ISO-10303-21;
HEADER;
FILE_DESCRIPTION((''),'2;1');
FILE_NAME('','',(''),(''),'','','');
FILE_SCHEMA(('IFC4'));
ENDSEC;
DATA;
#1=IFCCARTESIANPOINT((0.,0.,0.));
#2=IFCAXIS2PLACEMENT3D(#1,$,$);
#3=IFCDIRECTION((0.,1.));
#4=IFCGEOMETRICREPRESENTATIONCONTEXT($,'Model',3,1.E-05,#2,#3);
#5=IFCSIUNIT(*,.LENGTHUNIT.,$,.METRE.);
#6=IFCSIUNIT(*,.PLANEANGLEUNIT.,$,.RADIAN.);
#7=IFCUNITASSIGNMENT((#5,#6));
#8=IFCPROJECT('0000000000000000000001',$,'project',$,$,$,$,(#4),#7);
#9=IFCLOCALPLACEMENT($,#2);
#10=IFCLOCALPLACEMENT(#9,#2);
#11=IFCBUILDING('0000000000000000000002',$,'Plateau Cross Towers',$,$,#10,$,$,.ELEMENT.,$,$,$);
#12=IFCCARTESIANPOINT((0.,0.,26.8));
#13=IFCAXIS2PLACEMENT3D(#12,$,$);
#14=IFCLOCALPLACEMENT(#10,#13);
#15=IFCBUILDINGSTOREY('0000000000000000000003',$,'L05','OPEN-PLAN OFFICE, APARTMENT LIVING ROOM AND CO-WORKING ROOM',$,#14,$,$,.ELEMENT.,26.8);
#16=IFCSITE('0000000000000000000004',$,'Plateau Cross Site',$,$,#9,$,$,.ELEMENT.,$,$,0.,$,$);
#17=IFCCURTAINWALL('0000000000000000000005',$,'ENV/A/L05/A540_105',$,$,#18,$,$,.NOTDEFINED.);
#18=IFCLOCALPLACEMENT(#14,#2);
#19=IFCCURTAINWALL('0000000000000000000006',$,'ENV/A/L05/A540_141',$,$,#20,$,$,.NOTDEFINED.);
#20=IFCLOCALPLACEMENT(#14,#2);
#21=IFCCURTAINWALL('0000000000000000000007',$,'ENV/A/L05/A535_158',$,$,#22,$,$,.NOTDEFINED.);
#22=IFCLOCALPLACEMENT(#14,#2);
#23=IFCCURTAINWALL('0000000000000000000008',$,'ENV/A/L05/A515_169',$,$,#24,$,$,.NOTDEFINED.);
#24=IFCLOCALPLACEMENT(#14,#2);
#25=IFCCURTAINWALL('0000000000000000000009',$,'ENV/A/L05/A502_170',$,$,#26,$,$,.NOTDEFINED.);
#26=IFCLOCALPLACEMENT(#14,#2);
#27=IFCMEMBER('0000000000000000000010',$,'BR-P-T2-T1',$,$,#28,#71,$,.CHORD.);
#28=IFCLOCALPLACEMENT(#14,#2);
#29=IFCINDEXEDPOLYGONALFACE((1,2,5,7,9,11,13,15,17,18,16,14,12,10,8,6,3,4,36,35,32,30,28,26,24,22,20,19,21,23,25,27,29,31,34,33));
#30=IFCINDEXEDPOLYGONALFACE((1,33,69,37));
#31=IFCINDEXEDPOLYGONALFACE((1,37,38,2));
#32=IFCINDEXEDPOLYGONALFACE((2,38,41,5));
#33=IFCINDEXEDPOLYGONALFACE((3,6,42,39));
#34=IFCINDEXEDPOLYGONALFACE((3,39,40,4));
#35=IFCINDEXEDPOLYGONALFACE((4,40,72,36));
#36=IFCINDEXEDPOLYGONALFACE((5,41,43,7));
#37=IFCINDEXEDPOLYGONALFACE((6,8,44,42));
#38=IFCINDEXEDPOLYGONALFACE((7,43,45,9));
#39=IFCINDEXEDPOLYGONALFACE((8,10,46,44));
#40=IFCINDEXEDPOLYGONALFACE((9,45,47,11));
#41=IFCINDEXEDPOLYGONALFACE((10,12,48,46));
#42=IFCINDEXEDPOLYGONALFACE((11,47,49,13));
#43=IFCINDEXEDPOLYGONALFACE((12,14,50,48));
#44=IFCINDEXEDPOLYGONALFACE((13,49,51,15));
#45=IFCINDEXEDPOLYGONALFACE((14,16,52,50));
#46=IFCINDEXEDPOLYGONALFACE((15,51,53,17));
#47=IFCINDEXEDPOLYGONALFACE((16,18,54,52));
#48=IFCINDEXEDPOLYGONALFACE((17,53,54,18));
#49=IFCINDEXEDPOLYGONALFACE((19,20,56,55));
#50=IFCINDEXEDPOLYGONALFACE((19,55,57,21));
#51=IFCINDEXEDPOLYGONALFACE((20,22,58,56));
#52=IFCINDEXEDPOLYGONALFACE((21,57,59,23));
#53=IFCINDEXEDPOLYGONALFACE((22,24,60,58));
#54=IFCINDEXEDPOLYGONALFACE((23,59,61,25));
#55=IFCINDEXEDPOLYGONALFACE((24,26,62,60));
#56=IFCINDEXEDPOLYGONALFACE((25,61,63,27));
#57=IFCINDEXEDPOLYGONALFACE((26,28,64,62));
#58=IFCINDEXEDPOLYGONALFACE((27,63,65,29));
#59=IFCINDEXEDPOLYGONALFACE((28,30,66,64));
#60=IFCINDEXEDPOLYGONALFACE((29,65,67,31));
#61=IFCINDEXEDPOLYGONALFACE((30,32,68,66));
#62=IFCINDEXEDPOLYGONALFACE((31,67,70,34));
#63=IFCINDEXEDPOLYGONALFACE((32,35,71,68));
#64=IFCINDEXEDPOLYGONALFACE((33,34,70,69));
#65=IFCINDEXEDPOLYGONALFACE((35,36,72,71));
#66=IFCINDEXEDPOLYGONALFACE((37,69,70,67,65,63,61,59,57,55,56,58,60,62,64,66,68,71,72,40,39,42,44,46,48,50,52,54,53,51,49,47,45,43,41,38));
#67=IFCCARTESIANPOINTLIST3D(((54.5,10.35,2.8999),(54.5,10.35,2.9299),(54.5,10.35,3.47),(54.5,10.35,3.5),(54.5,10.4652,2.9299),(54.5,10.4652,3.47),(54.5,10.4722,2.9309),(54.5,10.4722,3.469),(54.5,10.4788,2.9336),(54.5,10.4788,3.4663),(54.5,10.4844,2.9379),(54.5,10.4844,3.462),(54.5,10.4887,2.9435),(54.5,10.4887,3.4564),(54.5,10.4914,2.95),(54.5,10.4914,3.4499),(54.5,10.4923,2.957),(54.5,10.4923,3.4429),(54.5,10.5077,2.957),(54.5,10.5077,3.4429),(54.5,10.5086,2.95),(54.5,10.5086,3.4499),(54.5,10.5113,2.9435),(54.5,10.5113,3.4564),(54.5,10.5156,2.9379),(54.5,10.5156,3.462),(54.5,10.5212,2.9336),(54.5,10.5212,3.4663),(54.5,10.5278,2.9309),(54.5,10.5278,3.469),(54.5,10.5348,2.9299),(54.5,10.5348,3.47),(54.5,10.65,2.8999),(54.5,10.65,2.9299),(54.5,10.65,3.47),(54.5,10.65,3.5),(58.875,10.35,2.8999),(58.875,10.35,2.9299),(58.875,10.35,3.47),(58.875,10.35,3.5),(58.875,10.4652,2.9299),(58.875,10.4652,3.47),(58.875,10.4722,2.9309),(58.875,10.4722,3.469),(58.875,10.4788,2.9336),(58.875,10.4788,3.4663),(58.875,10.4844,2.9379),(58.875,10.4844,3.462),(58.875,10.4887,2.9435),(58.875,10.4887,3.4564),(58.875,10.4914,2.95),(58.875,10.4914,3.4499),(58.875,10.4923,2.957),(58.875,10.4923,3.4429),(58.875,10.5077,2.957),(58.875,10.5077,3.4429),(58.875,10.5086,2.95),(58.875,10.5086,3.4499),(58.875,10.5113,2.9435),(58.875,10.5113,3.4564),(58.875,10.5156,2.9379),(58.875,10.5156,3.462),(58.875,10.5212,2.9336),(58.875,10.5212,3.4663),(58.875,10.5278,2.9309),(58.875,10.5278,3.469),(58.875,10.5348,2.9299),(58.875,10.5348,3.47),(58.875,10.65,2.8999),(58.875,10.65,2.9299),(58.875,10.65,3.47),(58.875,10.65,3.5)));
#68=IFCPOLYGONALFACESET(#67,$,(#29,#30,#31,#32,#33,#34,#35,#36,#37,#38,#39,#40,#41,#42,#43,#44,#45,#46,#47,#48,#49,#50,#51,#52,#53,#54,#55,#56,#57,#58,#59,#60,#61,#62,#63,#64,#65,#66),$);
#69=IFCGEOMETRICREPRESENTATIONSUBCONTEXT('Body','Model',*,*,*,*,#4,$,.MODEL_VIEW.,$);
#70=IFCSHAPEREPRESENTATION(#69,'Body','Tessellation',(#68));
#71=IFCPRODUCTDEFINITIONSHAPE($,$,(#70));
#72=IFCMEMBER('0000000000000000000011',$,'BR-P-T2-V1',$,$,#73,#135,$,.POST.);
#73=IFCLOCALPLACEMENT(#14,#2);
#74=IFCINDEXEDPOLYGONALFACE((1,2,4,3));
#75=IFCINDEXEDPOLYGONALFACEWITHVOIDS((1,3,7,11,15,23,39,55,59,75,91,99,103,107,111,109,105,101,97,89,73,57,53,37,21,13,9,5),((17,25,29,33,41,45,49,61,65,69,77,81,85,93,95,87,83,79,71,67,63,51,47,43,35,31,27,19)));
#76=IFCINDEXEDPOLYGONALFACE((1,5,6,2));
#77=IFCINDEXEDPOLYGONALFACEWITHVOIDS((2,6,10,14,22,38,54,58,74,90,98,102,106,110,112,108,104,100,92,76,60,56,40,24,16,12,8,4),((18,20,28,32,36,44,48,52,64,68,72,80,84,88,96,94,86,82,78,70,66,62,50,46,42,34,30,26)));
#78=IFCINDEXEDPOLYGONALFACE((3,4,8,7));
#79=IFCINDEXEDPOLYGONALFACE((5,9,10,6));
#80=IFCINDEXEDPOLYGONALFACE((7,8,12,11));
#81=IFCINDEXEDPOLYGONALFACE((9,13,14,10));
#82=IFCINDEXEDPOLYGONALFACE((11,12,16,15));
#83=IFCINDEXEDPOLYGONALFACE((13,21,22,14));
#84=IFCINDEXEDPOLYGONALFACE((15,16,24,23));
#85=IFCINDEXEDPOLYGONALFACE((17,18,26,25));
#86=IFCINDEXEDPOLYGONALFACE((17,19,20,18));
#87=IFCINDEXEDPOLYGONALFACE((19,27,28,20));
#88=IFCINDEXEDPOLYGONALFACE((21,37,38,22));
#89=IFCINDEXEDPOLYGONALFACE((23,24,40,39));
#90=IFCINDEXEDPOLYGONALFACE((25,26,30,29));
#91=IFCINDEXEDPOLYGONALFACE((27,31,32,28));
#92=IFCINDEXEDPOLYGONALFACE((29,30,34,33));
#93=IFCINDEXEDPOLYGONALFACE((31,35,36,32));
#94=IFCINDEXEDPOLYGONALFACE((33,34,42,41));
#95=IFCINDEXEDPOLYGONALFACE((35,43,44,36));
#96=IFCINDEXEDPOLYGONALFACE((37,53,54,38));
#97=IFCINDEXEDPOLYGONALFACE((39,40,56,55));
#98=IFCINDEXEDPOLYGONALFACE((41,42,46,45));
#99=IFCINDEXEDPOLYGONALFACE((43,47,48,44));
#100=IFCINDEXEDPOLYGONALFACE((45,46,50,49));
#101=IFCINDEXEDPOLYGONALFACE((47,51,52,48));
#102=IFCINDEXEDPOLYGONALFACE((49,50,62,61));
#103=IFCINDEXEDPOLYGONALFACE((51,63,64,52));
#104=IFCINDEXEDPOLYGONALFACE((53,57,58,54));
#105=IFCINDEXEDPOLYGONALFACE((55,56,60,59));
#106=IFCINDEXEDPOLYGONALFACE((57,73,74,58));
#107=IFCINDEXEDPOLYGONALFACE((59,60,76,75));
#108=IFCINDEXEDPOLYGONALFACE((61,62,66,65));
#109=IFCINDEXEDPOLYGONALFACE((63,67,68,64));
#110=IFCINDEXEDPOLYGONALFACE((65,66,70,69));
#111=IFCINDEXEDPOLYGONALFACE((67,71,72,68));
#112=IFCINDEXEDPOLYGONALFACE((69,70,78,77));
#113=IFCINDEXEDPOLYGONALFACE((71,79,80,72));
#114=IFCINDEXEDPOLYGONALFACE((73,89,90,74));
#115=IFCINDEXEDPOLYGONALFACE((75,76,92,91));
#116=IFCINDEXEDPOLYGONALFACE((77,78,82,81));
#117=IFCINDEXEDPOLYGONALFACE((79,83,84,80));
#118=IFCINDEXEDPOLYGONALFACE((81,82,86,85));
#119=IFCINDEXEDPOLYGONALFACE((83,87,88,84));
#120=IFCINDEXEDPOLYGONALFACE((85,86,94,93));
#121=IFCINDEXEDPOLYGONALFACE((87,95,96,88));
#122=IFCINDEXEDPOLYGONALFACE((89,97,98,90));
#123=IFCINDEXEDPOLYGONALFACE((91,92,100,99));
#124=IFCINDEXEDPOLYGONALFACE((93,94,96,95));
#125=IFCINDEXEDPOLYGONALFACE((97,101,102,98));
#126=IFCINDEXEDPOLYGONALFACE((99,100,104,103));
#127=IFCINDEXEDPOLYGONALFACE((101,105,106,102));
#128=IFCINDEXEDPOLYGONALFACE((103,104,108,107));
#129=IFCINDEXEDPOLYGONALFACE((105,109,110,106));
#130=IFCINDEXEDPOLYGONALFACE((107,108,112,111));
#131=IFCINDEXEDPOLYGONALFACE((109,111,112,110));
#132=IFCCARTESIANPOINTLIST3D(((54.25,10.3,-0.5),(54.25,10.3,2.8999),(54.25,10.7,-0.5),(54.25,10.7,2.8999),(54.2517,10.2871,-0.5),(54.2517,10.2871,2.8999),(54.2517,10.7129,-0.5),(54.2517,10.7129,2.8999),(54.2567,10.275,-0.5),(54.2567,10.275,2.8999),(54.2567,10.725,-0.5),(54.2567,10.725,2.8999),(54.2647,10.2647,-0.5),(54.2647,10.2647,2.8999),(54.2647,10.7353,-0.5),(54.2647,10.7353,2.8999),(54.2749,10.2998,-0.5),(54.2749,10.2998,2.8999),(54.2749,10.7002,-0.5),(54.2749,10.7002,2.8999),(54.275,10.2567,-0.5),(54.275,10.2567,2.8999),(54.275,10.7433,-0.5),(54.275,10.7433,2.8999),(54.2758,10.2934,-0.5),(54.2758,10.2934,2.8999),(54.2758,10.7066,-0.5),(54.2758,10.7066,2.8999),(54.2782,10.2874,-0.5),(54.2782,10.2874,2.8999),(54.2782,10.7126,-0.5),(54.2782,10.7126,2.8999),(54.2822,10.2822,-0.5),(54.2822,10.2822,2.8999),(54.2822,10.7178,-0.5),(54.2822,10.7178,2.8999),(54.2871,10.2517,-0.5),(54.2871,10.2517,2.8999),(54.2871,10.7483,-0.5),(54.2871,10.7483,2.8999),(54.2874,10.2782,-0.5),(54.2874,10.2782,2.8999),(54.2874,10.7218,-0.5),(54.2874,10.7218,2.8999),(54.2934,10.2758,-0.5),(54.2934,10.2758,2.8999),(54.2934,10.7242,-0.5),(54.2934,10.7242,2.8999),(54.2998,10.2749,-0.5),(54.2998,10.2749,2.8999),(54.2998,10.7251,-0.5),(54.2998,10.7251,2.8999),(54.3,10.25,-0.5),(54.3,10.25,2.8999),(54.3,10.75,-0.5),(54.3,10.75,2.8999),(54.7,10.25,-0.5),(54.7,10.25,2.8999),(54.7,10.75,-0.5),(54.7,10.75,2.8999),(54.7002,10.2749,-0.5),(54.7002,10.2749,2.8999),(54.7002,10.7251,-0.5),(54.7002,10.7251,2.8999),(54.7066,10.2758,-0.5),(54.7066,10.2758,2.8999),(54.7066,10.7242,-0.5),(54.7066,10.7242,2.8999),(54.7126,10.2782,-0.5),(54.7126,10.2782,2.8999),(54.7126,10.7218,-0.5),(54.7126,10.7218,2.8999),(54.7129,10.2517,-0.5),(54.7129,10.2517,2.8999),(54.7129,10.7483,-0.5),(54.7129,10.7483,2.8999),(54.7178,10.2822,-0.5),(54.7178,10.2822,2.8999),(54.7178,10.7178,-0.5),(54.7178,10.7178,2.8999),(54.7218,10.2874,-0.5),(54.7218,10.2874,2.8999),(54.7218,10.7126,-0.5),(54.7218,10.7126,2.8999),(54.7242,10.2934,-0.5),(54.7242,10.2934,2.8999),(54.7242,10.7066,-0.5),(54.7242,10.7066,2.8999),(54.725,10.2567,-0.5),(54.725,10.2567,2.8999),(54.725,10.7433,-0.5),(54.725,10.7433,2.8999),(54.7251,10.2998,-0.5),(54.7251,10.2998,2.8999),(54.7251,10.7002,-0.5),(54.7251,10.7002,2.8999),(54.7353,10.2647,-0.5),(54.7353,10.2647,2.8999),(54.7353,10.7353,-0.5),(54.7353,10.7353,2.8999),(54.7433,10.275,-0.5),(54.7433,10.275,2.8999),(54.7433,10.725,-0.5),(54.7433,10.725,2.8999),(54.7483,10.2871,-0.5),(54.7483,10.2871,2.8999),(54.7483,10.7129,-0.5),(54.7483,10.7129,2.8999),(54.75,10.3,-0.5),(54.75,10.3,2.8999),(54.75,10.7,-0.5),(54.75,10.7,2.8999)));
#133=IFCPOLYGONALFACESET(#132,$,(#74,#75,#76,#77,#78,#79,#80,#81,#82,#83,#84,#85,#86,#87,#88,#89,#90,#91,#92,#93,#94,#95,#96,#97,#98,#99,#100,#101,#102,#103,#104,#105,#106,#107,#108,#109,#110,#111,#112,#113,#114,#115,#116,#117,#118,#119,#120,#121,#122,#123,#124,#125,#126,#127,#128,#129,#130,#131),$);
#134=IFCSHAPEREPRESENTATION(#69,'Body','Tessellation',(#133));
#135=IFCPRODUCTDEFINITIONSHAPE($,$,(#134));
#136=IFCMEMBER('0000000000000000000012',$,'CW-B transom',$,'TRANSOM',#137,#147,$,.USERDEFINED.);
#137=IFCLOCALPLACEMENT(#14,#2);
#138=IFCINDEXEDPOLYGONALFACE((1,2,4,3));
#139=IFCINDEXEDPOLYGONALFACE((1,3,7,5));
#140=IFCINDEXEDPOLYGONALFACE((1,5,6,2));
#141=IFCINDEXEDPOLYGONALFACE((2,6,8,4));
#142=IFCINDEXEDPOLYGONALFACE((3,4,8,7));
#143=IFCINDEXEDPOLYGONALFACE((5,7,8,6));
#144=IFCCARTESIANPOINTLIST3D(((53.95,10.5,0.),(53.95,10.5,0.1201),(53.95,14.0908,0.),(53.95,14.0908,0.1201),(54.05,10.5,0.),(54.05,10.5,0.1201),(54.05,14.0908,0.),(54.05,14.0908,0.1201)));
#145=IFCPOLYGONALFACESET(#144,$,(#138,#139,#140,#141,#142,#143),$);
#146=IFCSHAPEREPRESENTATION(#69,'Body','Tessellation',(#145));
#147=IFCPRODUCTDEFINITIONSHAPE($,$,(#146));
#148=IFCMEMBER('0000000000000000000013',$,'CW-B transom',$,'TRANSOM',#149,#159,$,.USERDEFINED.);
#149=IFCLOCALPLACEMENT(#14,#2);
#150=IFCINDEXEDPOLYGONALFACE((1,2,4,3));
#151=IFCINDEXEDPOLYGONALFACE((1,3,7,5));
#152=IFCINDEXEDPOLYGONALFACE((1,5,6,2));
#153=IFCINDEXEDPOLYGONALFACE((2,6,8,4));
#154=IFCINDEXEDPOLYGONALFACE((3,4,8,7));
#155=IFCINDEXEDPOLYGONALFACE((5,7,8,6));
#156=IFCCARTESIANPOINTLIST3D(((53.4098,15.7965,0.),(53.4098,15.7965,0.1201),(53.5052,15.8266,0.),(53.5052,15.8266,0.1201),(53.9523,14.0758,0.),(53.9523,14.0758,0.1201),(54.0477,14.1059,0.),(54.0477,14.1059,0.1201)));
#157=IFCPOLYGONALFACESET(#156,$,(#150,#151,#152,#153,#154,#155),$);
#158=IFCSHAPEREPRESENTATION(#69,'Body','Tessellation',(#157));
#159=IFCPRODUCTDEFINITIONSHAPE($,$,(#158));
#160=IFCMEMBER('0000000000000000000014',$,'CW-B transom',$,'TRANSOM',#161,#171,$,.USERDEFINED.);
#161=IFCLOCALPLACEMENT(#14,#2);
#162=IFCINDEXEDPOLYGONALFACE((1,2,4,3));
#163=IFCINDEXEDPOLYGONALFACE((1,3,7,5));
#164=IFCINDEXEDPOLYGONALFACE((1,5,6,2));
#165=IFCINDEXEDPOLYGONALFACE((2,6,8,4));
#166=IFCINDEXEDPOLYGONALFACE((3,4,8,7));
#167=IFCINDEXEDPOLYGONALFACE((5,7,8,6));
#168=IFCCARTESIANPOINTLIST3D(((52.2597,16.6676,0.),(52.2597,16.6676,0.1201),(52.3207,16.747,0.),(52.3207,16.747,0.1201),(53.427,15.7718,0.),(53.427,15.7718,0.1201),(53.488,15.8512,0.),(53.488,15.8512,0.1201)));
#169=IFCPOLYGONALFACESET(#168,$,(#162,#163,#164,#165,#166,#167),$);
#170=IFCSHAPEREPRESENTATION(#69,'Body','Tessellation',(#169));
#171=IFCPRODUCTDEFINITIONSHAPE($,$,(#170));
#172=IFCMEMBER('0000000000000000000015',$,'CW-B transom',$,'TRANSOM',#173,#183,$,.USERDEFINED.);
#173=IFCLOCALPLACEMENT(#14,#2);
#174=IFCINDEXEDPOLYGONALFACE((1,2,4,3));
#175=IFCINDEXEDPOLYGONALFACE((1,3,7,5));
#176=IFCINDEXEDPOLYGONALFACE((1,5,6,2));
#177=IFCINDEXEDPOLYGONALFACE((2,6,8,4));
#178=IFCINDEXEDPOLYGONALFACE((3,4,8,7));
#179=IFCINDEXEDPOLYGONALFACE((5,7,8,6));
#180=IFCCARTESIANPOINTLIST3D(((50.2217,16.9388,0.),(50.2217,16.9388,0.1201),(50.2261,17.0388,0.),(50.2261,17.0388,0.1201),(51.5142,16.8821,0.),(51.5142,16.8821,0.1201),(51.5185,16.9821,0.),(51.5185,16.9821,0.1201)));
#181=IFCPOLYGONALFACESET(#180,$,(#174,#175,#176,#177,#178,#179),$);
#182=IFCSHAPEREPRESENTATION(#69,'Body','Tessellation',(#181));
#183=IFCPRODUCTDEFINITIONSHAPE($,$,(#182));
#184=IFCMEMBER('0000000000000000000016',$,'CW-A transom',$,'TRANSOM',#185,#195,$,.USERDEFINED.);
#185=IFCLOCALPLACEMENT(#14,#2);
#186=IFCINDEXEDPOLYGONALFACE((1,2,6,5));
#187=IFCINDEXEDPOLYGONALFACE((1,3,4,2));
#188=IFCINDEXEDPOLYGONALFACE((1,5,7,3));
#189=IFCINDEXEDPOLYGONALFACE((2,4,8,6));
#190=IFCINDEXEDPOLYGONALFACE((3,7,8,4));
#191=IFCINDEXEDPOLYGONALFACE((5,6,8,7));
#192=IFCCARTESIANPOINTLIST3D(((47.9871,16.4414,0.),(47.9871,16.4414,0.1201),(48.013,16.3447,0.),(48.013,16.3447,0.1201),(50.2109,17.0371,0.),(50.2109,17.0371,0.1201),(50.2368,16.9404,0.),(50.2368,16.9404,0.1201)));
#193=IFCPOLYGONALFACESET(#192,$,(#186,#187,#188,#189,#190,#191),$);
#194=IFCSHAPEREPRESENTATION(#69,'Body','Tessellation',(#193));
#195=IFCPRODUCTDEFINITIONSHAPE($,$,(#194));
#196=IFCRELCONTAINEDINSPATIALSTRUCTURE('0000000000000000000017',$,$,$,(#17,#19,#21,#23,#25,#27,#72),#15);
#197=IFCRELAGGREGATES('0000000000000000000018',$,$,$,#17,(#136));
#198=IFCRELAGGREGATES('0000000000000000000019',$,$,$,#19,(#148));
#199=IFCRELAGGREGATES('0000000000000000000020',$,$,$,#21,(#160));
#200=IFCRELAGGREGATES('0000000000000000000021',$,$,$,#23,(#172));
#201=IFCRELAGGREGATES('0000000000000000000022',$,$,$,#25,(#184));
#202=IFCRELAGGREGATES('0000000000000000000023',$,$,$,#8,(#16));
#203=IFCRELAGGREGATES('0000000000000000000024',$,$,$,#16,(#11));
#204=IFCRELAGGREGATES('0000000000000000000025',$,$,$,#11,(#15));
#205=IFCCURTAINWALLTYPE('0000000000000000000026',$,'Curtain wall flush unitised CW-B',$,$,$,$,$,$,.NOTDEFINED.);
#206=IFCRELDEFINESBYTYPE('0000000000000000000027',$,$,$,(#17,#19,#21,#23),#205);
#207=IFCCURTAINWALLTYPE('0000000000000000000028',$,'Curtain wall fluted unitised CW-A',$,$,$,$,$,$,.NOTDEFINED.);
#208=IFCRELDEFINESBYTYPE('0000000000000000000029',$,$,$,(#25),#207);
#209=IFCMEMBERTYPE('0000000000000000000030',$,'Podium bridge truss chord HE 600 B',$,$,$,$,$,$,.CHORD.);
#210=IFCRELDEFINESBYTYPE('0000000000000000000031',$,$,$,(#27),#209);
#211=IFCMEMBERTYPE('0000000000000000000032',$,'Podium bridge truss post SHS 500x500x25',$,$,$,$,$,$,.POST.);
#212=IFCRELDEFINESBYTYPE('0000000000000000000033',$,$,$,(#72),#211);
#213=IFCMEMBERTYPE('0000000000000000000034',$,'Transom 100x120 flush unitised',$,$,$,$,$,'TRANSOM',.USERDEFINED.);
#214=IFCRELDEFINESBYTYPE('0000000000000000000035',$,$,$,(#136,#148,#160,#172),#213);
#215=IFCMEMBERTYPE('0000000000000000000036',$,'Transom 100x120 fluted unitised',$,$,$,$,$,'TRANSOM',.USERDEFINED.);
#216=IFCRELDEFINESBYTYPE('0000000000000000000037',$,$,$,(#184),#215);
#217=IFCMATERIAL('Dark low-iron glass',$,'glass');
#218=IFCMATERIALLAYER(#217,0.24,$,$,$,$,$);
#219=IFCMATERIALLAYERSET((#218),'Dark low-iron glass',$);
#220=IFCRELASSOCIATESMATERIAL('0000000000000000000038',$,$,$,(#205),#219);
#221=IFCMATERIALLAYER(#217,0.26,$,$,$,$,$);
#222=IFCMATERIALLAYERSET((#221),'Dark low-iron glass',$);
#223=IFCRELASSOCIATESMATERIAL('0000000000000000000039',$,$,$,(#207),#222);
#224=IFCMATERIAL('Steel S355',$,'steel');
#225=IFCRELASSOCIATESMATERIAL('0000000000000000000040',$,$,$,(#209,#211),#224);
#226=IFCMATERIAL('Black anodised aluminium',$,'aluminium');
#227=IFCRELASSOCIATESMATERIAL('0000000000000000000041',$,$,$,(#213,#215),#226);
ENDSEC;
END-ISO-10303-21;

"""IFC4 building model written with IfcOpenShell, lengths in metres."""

from ifc_helpers import new_model, si_unit, direction, frame, origin, origin_2d, place, context, subcontext, project, spatial, rectangle, hollow_rectangle, i_section, extrude, material, layer, layer_set, material_profile, profile_set, type_object, element, aggregate, save


model = new_model("IFC4")

# Units and contexts
model_context = context("Model", 3, precision=1e-05, world=origin(), true_north=direction((0.0, 1.0)))
body_context = subcontext(model_context, "Body", "Model", "MODEL_VIEW")
ifc_project = project(units=[si_unit("LENGTHUNIT", "METRE"), si_unit("PLANEANGLEUNIT", "RADIAN")], contexts=[model_context])

# Site, building, storey
site_placement = place(None, origin())
site = spatial("IfcSite", under=ifc_project, at=site_placement, Name="Plateau Cross Site", CompositionType="ELEMENT", RefElevation=0.0)
building_placement = place(site_placement, origin())
building = spatial("IfcBuilding", under=site, at=building_placement, Name="Plateau Cross Towers", CompositionType="ELEMENT")
storey_placement = place(building_placement, frame((0.0, 0.0, 26.8)))
storey = spatial("IfcBuildingStorey", under=building, at=storey_placement, Name="L05", Description="OPEN-PLAN OFFICE, APARTMENT LIVING ROOM AND CO-WORKING ROOM", CompositionType="ELEMENT", Elevation=26.8)

# Curtain walls
ifc_material_1 = material(Name="Dark low-iron glass", Category="glass")
ifc_layer_1 = layer(ifc_material_1, 0.24)
ifc_layer_set_1 = layer_set([ifc_layer_1], Name="Dark low-iron glass")
curtain_wall_type_1 = type_object("IfcCurtainWallType", Name="Curtain wall flush unitised CW-B", PredefinedType="NOTDEFINED", material=ifc_layer_set_1)
curtain_wall_1_placement = place(storey_placement, origin())
curtain_wall_1 = element("IfcCurtainWall", 1, at=curtain_wall_1_placement, inside=storey, type_object=curtain_wall_type_1, Name="ENV/A/L05/A540_105", PredefinedType="NOTDEFINED")
ifc_material_2 = material(Name="Black anodised aluminium", Category="aluminium")
curtain_wall_2_placement = place(storey_placement, origin())
curtain_wall_2 = element("IfcCurtainWall", 2, at=curtain_wall_2_placement, inside=storey, type_object=curtain_wall_type_1, Name="ENV/A/L05/A540_141", PredefinedType="NOTDEFINED")

# Curtain wall
curtain_wall_3_placement = place(storey_placement, origin())
curtain_wall_3 = element("IfcCurtainWall", 3, at=curtain_wall_3_placement, inside=storey, type_object=curtain_wall_type_1, Name="ENV/A/L05/A535_158", PredefinedType="NOTDEFINED")

# Curtain walls
curtain_wall_4_placement = place(storey_placement, origin())
curtain_wall_4 = element("IfcCurtainWall", 4, at=curtain_wall_4_placement, inside=storey, type_object=curtain_wall_type_1, Name="ENV/A/L05/A515_169", PredefinedType="NOTDEFINED")
ifc_layer_2 = layer(ifc_material_1, 0.26)
ifc_layer_set_2 = layer_set([ifc_layer_2], Name="Dark low-iron glass")
curtain_wall_type_2 = type_object("IfcCurtainWallType", Name="Curtain wall fluted unitised CW-A", PredefinedType="NOTDEFINED", material=ifc_layer_set_2)
curtain_wall_5_placement = place(storey_placement, origin())
curtain_wall_5 = element("IfcCurtainWall", 5, at=curtain_wall_5_placement, inside=storey, type_object=curtain_wall_type_2, Name="ENV/A/L05/A502_170", PredefinedType="NOTDEFINED")

# Members
ifc_material_3 = material(Name="Steel S355", Category="steel")
ifc_material_profile_1 = material_profile(ifc_material_3, i_section(OverallWidth=0.3, OverallDepth=0.6001, WebThickness=0.0154, FlangeThickness=0.03, FilletRadius=0.0271, at=origin_2d()), Name="HE 600 B")
ifc_profile_set_1 = profile_set([ifc_material_profile_1], Name="Steel S355")
member_type_1 = type_object("IfcMemberType", Name="Podium bridge truss chord HE 600 B", PredefinedType="CHORD", material=ifc_profile_set_1)
for number, where, z_axis, x_axis, name in (
    (6, (54.5, 10.5, 3.2), (1.0, 0.0, 0.0), (0.0, 1.0, 0.0), "BR-P-T2-T1"),
):
    element("IfcMember", number, at=place(storey_placement, frame(where, z_axis=z_axis, x_axis=x_axis)), inside=storey, type_object=member_type_1, Name=name, PredefinedType="CHORD", context=body_context, shape_type="SweptSolid", body=[
        extrude(i_section(OverallWidth=0.3, OverallDepth=0.6001, WebThickness=0.0154, FlangeThickness=0.03, FilletRadius=0.0271, at=origin_2d()), origin(), (0.0, 0.0, 1.0), 4.375),
    ])
ifc_material_profile_2 = material_profile(ifc_material_3, hollow_rectangle(XDim=0.5, YDim=0.5, WallThickness=0.0249, InnerFilletRadius=0.0249, OuterFilletRadius=0.05, at=origin_2d()), Name="SHS 500x500x25")
ifc_profile_set_2 = profile_set([ifc_material_profile_2], Name="Steel S355")
member_type_2 = type_object("IfcMemberType", Name="Podium bridge truss post SHS 500x500x25", PredefinedType="POST", material=ifc_profile_set_2)
member_1_placement = place(storey_placement, frame((54.5, 10.5, -0.5), z_axis=(0.0, 0.0, 1.0), x_axis=(1.0, 0.0, 0.0)))
element("IfcMember", 7, at=member_1_placement, inside=storey, type_object=member_type_2, Name="BR-P-T2-V1", PredefinedType="POST", context=body_context, shape_type="SweptSolid", body=[
    extrude(hollow_rectangle(XDim=0.5, YDim=0.5, WallThickness=0.0249, InnerFilletRadius=0.0249, OuterFilletRadius=0.05, at=origin_2d()), origin(), (0.0, 0.0, 1.0), 3.3999),
])

# Members
ifc_material_profile_3 = material_profile(ifc_material_2, rectangle(XDim=0.1001, YDim=0.1201, at=origin_2d()), Name="TRANSOM 100x120")
ifc_profile_set_3 = profile_set([ifc_material_profile_3], Name="Black anodised aluminium")
member_type_3 = type_object("IfcMemberType", Name="Transom 100x120 flush unitised", ElementType="TRANSOM", PredefinedType="USERDEFINED", material=ifc_profile_set_3)
member_2_placement = place(storey_placement, frame((54.0, 10.5, 0.0601), z_axis=(0.0, 1.0, 0.0), x_axis=(-1.0, 0.0, 0.0)))
member_2 = element("IfcMember", 8, at=member_2_placement, type_object=member_type_3, Name="CW-B transom", ObjectType="TRANSOM", PredefinedType="USERDEFINED", context=body_context, shape_type="SweptSolid", body=[
    extrude(rectangle(XDim=0.1001, YDim=0.1201, at=origin_2d()), origin(), (0.0, 0.0, 1.0), 3.5908),
])
member_3_placement = place(storey_placement, frame((54.0, 14.0908, 0.0601), z_axis=(-0.300678, 0.953726, 0.0), x_axis=(-0.953726, -0.300678, 0.0)))
member_3 = element("IfcMember", 9, at=member_3_placement, type_object=member_type_3, Name="CW-B transom", ObjectType="TRANSOM", PredefinedType="USERDEFINED", context=body_context, shape_type="SweptSolid", body=[
    extrude(rectangle(XDim=0.1001, YDim=0.1201, at=origin_2d()), origin(), (0.0, 0.0, 1.0), 1.8042),
])
member_4_placement = place(storey_placement, frame((53.4575, 15.8115, 0.0601), z_axis=(-0.793321, 0.608804, 0.0), x_axis=(-0.608804, -0.793321, 0.0)))
member_4 = element("IfcMember", 10, at=member_4_placement, type_object=member_type_3, Name="CW-B transom", ObjectType="TRANSOM", PredefinedType="USERDEFINED", context=body_context, shape_type="SweptSolid", body=[
    extrude(rectangle(XDim=0.1001, YDim=0.1201, at=origin_2d()), origin(), (0.0, 0.0, 1.0), 1.4714),
])
member_5_placement = place(storey_placement, frame((51.5164, 16.9321, 0.0601), z_axis=(-0.999041, 0.043781, 0.0), x_axis=(-0.043781, -0.999041, 0.0)))
member_5 = element("IfcMember", 11, at=member_5_placement, type_object=member_type_3, Name="CW-B transom", ObjectType="TRANSOM", PredefinedType="USERDEFINED", context=body_context, shape_type="SweptSolid", body=[
    extrude(rectangle(XDim=0.1001, YDim=0.1201, at=origin_2d()), origin(), (0.0, 0.0, 1.0), 1.2937),
])
ifc_material_profile_4 = material_profile(ifc_material_2, rectangle(XDim=0.1001, YDim=0.1201, at=origin_2d()), Name="TRANSOM 100x120")
ifc_profile_set_4 = profile_set([ifc_material_profile_4], Name="Black anodised aluminium")
member_type_4 = type_object("IfcMemberType", Name="Transom 100x120 fluted unitised", ElementType="TRANSOM", PredefinedType="USERDEFINED", material=ifc_profile_set_4)
member_6_placement = place(storey_placement, frame((50.2239, 16.9888, 0.0601), z_axis=(-0.965946, -0.258745, 0.0), x_axis=(0.258745, -0.965946, 0.0)))
member_6 = element("IfcMember", 12, at=member_6_placement, type_object=member_type_4, Name="CW-A transom", ObjectType="TRANSOM", PredefinedType="USERDEFINED", context=body_context, shape_type="SweptSolid", body=[
    extrude(rectangle(XDim=0.1001, YDim=0.1201, at=origin_2d()), origin(), (0.0, 0.0, 1.0), 2.3022),
])

aggregate(curtain_wall_1, [member_2])
aggregate(curtain_wall_2, [member_3])
aggregate(curtain_wall_3, [member_4])
aggregate(curtain_wall_4, [member_5])
aggregate(curtain_wall_5, [member_6])

save(model, "model.ifc")
